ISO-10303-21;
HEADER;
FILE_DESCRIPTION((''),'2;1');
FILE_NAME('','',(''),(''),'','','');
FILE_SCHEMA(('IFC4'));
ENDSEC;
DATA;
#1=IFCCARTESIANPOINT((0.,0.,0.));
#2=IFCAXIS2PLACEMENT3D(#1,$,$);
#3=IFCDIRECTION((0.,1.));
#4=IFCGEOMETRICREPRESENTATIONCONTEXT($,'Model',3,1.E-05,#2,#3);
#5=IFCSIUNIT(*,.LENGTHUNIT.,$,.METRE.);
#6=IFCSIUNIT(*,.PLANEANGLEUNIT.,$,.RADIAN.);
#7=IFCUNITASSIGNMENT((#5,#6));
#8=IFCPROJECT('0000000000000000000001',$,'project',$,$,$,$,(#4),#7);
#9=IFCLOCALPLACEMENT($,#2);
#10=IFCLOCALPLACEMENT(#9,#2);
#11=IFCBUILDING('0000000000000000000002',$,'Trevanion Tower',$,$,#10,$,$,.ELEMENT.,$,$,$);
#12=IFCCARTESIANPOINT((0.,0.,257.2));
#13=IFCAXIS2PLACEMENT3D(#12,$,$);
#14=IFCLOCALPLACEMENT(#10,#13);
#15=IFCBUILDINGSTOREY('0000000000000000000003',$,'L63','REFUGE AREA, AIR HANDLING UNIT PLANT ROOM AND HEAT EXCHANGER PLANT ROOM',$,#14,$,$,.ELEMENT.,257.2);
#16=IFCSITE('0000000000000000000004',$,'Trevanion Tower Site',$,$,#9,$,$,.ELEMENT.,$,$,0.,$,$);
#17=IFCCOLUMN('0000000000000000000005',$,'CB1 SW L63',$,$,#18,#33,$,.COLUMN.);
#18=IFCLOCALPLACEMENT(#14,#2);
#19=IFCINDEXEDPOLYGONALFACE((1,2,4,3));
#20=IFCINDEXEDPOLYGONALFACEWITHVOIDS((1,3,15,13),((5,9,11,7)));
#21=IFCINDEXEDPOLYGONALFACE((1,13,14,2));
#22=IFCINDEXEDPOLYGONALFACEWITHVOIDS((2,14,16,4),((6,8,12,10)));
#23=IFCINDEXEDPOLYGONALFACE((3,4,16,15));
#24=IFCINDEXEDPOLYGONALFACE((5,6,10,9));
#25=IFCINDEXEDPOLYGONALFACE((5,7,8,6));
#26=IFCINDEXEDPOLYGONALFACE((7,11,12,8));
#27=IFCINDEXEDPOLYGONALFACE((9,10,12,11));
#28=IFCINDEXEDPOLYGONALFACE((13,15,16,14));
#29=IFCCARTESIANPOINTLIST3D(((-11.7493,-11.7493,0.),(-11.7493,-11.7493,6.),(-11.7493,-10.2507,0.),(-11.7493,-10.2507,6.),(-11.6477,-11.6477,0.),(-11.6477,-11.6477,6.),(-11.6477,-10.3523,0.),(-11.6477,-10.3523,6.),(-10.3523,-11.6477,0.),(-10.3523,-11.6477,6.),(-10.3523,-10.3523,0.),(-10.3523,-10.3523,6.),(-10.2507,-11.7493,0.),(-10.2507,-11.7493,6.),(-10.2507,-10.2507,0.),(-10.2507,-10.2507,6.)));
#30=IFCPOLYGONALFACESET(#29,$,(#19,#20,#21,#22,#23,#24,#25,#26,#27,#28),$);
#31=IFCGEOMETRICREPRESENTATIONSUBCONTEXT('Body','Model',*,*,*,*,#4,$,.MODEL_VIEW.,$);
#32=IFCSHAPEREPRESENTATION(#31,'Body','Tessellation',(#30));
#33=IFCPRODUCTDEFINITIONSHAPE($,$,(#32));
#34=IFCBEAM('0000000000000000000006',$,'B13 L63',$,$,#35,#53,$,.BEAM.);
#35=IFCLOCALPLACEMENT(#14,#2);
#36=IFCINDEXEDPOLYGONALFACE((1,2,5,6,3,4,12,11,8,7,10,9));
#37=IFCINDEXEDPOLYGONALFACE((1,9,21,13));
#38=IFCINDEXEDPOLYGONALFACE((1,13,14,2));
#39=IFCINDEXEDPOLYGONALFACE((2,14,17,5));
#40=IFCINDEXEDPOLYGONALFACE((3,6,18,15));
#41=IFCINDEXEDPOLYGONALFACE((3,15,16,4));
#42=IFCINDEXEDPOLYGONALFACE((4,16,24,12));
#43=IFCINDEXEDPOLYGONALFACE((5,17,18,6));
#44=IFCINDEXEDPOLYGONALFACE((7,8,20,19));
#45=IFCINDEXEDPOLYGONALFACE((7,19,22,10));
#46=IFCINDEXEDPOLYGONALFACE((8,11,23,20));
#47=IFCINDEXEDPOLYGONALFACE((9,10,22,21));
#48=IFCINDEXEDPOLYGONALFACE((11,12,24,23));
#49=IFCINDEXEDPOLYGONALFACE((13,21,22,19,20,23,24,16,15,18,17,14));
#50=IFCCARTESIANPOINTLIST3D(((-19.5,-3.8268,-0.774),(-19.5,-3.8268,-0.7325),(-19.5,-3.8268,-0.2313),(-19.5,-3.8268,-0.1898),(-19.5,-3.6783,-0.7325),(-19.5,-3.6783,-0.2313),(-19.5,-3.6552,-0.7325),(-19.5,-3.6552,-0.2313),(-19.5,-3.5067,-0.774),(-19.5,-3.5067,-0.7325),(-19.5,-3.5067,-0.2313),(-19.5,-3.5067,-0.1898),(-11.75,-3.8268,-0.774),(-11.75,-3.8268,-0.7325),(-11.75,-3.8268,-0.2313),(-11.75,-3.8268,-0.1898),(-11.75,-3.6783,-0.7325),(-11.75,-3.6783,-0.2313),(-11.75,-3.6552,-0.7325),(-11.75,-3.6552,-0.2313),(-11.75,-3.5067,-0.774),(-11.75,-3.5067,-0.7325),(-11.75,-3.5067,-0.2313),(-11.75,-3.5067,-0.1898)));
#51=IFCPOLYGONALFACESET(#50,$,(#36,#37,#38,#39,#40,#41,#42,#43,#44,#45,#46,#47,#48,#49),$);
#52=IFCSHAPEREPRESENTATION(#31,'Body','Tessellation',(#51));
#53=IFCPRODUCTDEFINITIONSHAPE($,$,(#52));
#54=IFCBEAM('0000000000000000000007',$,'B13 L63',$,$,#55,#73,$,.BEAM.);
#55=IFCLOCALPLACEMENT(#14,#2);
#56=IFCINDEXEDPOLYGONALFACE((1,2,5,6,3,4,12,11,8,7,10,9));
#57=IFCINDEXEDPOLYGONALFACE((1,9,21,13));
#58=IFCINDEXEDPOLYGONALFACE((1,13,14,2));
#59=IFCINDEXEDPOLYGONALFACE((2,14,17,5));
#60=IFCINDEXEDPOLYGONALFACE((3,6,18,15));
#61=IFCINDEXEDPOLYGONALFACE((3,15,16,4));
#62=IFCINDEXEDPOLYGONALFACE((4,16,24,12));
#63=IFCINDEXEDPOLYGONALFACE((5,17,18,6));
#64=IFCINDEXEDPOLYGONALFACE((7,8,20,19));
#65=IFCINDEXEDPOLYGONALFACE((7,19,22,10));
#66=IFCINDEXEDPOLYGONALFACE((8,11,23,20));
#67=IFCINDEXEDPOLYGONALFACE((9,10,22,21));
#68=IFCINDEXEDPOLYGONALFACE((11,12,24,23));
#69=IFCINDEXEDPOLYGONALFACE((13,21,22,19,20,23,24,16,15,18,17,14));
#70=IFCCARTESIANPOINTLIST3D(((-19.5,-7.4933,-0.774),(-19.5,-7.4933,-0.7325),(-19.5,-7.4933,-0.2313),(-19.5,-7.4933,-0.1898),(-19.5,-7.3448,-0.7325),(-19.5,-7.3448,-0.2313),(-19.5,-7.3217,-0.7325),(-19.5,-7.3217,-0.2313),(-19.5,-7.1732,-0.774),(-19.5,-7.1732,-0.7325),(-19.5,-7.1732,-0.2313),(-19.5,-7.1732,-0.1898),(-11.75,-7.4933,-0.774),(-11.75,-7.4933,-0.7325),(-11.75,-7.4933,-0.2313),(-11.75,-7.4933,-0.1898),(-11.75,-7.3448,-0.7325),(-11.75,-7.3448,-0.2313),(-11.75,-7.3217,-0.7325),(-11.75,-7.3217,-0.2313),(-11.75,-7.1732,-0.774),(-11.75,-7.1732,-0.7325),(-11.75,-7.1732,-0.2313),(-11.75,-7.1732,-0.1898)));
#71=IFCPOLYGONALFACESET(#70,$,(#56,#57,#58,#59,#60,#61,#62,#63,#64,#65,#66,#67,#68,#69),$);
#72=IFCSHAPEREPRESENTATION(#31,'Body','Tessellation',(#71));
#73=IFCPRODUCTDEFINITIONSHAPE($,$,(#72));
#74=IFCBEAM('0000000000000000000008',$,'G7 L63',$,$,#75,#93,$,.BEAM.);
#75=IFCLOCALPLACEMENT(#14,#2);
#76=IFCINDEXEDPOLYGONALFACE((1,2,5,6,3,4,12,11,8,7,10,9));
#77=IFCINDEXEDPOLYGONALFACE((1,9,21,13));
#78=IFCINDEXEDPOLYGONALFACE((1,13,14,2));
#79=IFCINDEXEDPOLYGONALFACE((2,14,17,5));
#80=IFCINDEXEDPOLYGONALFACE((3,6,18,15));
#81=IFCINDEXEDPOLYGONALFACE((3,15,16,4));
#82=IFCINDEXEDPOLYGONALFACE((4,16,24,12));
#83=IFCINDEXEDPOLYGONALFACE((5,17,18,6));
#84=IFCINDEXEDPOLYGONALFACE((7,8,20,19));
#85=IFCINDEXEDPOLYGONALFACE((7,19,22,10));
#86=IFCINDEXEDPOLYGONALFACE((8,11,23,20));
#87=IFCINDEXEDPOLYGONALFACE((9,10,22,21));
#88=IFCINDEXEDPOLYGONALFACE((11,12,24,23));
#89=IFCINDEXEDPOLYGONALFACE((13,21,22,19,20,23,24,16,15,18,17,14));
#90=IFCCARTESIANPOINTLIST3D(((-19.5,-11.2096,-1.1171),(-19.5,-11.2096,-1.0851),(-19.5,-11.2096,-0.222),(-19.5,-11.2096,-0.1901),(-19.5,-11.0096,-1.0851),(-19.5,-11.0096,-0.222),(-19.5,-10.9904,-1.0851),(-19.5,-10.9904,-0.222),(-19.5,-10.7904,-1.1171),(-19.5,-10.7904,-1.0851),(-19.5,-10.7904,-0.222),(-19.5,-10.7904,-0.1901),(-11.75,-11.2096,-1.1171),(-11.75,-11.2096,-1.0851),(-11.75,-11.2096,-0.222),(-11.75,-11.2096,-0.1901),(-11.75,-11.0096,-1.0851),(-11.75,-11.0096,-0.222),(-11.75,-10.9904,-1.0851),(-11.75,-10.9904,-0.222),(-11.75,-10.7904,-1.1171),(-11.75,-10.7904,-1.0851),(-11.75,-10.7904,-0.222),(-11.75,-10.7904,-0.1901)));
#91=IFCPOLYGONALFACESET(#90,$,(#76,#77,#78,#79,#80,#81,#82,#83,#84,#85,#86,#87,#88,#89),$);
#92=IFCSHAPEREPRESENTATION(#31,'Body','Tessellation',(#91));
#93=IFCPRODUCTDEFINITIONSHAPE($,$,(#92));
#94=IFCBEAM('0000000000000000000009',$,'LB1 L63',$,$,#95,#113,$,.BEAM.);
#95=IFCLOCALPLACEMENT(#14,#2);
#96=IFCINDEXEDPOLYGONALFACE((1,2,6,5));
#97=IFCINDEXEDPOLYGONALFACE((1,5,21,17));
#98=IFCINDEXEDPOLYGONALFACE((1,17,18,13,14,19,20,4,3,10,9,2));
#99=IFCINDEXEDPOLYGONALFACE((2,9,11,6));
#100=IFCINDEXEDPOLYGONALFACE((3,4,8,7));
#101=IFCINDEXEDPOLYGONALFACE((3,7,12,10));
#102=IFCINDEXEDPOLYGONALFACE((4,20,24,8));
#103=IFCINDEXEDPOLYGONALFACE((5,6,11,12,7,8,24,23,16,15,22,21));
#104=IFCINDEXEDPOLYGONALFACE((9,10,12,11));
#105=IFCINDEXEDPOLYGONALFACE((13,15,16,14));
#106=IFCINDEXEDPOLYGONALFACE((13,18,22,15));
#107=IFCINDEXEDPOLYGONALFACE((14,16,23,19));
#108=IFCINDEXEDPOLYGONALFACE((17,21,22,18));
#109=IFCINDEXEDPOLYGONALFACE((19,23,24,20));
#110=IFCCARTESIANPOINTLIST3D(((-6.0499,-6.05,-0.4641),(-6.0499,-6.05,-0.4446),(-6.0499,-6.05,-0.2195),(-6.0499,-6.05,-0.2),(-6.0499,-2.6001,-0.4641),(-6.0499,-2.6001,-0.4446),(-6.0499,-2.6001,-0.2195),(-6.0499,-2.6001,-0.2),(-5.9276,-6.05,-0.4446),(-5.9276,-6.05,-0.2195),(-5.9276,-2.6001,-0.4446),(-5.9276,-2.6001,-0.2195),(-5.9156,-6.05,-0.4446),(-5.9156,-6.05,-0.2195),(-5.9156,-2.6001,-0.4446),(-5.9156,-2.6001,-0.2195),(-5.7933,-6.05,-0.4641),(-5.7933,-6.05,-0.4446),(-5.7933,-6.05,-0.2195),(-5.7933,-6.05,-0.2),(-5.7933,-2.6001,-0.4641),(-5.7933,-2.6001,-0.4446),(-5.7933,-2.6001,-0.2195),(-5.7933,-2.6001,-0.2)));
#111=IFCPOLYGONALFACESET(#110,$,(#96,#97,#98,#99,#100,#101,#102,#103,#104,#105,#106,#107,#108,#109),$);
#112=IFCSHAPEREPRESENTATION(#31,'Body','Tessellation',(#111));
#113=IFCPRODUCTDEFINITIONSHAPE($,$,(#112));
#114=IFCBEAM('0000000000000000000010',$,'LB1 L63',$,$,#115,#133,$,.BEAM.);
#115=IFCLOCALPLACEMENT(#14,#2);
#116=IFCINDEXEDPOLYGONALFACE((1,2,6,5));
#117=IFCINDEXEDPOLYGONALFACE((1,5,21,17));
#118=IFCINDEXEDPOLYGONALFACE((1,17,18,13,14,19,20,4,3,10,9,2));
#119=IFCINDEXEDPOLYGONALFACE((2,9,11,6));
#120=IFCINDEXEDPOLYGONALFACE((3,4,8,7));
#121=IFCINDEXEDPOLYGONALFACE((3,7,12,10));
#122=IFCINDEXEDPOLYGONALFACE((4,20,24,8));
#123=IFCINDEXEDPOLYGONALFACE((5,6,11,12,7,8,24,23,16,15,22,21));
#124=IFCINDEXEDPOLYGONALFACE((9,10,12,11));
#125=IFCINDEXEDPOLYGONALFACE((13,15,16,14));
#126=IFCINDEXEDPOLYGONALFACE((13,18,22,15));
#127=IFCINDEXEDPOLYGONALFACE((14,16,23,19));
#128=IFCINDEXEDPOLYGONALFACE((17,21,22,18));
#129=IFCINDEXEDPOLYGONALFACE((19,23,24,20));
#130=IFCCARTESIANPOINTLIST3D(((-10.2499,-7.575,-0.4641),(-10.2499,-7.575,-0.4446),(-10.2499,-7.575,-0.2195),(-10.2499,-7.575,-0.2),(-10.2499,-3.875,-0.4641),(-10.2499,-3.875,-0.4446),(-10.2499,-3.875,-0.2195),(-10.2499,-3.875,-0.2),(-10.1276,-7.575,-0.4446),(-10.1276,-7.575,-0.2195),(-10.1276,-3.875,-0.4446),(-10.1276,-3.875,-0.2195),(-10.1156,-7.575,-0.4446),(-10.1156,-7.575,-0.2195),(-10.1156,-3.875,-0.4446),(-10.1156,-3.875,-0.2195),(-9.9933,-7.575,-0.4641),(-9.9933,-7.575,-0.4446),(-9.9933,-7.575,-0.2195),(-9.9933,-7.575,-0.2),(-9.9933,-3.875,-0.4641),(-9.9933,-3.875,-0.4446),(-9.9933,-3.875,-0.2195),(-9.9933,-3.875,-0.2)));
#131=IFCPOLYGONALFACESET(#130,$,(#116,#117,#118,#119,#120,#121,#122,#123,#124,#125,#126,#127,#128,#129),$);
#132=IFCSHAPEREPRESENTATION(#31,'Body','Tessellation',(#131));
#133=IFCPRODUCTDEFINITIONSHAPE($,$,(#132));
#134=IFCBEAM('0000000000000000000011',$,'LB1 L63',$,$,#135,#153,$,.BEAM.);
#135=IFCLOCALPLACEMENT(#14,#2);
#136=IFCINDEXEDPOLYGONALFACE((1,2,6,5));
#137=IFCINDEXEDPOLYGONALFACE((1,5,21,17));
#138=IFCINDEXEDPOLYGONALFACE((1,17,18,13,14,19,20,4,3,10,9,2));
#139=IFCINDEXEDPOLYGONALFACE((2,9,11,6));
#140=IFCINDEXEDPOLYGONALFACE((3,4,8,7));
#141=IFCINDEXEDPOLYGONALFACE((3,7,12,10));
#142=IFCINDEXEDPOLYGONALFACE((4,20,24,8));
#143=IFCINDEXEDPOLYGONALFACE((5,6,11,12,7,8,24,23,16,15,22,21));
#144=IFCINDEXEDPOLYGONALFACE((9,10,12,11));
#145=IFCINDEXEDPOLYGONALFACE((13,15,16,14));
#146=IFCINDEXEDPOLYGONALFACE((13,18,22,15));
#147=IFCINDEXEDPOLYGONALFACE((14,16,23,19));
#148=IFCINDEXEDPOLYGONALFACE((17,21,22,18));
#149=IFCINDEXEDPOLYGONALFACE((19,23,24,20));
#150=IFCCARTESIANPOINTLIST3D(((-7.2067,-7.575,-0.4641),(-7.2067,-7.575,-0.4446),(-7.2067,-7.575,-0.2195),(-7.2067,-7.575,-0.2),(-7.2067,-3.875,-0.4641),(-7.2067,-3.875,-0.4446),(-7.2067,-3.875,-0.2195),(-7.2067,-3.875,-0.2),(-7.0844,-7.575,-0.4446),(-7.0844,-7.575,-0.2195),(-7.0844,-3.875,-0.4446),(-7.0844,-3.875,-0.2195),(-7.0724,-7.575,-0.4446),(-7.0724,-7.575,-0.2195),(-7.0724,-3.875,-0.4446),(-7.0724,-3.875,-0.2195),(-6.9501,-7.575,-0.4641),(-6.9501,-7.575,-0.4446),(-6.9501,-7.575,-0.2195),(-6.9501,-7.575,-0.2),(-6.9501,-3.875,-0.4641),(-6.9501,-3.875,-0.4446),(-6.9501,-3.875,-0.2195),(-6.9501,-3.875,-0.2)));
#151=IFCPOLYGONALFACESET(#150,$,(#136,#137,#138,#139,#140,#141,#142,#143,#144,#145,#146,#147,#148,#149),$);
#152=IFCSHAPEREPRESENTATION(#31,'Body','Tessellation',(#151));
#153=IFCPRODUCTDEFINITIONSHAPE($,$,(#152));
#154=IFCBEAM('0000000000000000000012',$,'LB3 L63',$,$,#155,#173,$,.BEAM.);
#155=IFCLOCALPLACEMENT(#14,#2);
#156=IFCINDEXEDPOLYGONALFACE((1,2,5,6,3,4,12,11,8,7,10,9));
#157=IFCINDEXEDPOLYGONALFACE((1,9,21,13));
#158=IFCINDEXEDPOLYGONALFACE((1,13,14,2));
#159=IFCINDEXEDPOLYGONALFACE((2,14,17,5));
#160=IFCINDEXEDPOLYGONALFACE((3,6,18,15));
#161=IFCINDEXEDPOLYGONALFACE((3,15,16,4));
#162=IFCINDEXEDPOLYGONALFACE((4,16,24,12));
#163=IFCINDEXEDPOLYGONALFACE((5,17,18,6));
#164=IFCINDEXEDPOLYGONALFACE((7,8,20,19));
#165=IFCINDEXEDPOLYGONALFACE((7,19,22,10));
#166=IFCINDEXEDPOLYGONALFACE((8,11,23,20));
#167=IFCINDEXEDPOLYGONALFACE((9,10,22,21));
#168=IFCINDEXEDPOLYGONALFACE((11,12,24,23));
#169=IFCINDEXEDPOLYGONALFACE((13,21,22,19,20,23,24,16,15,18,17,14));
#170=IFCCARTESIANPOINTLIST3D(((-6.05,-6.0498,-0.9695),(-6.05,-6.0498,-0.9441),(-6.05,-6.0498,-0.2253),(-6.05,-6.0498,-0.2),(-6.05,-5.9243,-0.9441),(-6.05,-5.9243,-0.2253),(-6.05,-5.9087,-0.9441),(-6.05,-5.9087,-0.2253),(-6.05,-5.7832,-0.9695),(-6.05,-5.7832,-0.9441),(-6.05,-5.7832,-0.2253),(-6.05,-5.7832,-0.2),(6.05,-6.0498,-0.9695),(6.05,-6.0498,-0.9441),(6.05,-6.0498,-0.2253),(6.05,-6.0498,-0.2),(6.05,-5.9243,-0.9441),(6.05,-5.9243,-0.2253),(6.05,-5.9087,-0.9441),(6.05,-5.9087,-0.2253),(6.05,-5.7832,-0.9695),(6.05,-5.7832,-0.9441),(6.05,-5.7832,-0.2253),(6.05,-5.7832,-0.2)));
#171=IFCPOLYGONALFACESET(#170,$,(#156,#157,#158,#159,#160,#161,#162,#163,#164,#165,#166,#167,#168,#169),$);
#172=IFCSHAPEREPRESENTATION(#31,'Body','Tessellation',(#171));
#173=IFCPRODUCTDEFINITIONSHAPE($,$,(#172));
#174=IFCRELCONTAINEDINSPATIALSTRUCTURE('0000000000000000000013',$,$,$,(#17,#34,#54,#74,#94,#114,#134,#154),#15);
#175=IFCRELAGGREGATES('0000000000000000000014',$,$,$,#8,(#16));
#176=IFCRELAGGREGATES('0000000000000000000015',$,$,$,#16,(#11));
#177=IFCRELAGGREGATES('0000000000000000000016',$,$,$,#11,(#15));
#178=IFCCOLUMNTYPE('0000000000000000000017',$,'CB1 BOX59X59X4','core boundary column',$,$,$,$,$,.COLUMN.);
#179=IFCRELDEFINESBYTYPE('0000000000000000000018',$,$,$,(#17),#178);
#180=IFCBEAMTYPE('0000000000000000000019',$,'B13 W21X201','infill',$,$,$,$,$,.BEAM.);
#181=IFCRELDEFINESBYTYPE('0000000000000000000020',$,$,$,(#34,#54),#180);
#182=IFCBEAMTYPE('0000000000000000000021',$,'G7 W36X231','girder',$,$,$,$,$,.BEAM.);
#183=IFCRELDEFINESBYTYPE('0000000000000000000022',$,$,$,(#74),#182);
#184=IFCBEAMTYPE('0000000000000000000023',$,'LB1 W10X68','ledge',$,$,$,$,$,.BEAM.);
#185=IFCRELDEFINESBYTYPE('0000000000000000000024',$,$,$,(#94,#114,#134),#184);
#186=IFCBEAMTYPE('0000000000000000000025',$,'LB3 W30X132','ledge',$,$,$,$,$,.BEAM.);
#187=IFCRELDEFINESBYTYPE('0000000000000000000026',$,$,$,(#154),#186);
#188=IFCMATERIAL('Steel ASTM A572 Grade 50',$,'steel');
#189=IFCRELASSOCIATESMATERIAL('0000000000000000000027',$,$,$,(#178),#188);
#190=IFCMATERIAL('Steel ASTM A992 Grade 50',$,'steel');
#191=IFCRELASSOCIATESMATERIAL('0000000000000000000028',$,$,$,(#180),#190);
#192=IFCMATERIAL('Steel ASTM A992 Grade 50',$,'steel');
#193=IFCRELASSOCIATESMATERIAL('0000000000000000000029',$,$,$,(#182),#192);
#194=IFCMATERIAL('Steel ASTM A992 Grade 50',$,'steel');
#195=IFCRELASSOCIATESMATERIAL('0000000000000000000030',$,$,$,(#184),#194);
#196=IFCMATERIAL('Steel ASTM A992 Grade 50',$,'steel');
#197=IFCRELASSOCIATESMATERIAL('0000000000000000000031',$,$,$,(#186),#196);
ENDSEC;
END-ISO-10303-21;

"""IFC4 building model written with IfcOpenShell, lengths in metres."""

from ifc_helpers import new_model, si_unit, direction, frame, origin, origin_2d, place, context, subcontext, project, spatial, hollow_rectangle, i_section, extrude, material, material_profile, profile_set, type_object, element, save


model = new_model("IFC4")

# Units and contexts
model_context = context("Model", 3, precision=1e-05, world=origin(), true_north=direction((0.0, 1.0)))
body_context = subcontext(model_context, "Body", "Model", "MODEL_VIEW")
ifc_project = project(units=[si_unit("LENGTHUNIT", "METRE"), si_unit("PLANEANGLEUNIT", "RADIAN")], contexts=[model_context])

# Site, building, storey
site_placement = place(None, origin())
site = spatial("IfcSite", under=ifc_project, at=site_placement, Name="Trevanion Tower Site", CompositionType="ELEMENT", RefElevation=0.0)
building_placement = place(site_placement, origin())
building = spatial("IfcBuilding", under=site, at=building_placement, Name="Trevanion Tower", CompositionType="ELEMENT")
storey_placement = place(building_placement, frame((0.0, 0.0, 257.2)))
storey = spatial("IfcBuildingStorey", under=building, at=storey_placement, Name="L63", Description="REFUGE AREA, AIR HANDLING UNIT PLANT ROOM AND HEAT EXCHANGER PLANT ROOM", CompositionType="ELEMENT", Elevation=257.2)

# Column
ifc_material_1 = material(Name="Steel ASTM A572 Grade 50", Category="steel")
ifc_material_profile_1 = material_profile(ifc_material_1, hollow_rectangle(XDim=1.4985, YDim=1.4985, WallThickness=0.1016, at=origin_2d()), Name="BOX59X59X4")
ifc_profile_set_1 = profile_set([ifc_material_profile_1], Name="Steel ASTM A572 Grade 50")
column_type = type_object("IfcColumnType", Name="CB1 BOX59X59X4", Description="core boundary column", PredefinedType="COLUMN", material=ifc_profile_set_1)
column_placement = place(storey_placement, frame((-11.0, -11.0, 0.0), z_axis=(0.0, 0.0, 1.0), x_axis=(1.0, 0.0, 0.0)))
element("IfcColumn", 1, at=column_placement, inside=storey, type_object=column_type, Name="CB1 SW L63", PredefinedType="COLUMN", context=body_context, shape_type="SweptSolid", body=[
    extrude(hollow_rectangle(XDim=1.4985, YDim=1.4985, WallThickness=0.1016, at=origin_2d()), origin(), (0.0, 0.0, 1.0), 6.0),
])

# Beams
ifc_material_2 = material(Name="Steel ASTM A992 Grade 50", Category="steel")
ifc_material_profile_2 = material_profile(ifc_material_2, i_section(OverallWidth=0.3201, OverallDepth=0.5842, WebThickness=0.0232, FlangeThickness=0.0415, at=origin_2d()), Name="W21X201")
ifc_profile_set_2 = profile_set([ifc_material_profile_2], Name="Steel ASTM A992 Grade 50")
beam_type_1 = type_object("IfcBeamType", Name="B13 W21X201", Description="infill", PredefinedType="BEAM", material=ifc_profile_set_2)
for number, where, z_axis, x_axis, name in (
    (2, (-11.75, -3.6667, -0.4819), (-1.0, 0.0, 0.0), (0.0, -1.0, 0.0), "B13 L63"),
    (3, (-11.75, -7.3333, -0.4819), (-1.0, 0.0, 0.0), (0.0, -1.0, 0.0), "B13 L63"),
):
    element("IfcBeam", number, at=place(storey_placement, frame(where, z_axis=z_axis, x_axis=x_axis)), inside=storey, type_object=beam_type_1, Name=name, PredefinedType="BEAM", context=body_context, shape_type="SweptSolid", body=[
        extrude(i_section(OverallWidth=0.3201, OverallDepth=0.5842, WebThickness=0.0232, FlangeThickness=0.0415, at=origin_2d()), origin(), (0.0, 0.0, 1.0), 7.75),
    ])
ifc_material_3 = material(Name="Steel ASTM A992 Grade 50", Category="steel")
ifc_material_profile_3 = material_profile(ifc_material_3, i_section(OverallWidth=0.4192, OverallDepth=0.927, WebThickness=0.0193, FlangeThickness=0.032, at=origin_2d()), Name="W36X231")
ifc_profile_set_3 = profile_set([ifc_material_profile_3], Name="Steel ASTM A992 Grade 50")
beam_type_2 = type_object("IfcBeamType", Name="G7 W36X231", Description="girder", PredefinedType="BEAM", material=ifc_profile_set_3)
beam_1_placement = place(storey_placement, frame((-11.75, -11.0, -0.6536), z_axis=(-1.0, 0.0, 0.0), x_axis=(0.0, -1.0, 0.0)))
element("IfcBeam", 4, at=beam_1_placement, inside=storey, type_object=beam_type_2, Name="G7 L63", PredefinedType="BEAM", context=body_context, shape_type="SweptSolid", body=[
    extrude(i_section(OverallWidth=0.4192, OverallDepth=0.927, WebThickness=0.0193, FlangeThickness=0.032, at=origin_2d()), origin(), (0.0, 0.0, 1.0), 7.75),
])
ifc_material_4 = material(Name="Steel ASTM A992 Grade 50", Category="steel")
ifc_material_profile_4 = material_profile(ifc_material_4, i_section(OverallWidth=0.2566, OverallDepth=0.2642, WebThickness=0.012, FlangeThickness=0.0195, at=origin_2d()), Name="W10X68")
ifc_profile_set_4 = profile_set([ifc_material_profile_4], Name="Steel ASTM A992 Grade 50")
beam_type_3 = type_object("IfcBeamType", Name="LB1 W10X68", Description="ledge", PredefinedType="BEAM", material=ifc_profile_set_4)
beam_2_placement = place(storey_placement, frame((-5.9216, -6.05, -0.332), z_axis=(0.0, 1.0, 0.0), x_axis=(-1.0, 0.0, 0.0)))
element("IfcBeam", 5, at=beam_2_placement, inside=storey, type_object=beam_type_3, Name="LB1 L63", PredefinedType="BEAM", context=body_context, shape_type="SweptSolid", body=[
    extrude(i_section(OverallWidth=0.2566, OverallDepth=0.2642, WebThickness=0.012, FlangeThickness=0.0195, at=origin_2d()), origin(), (0.0, 0.0, 1.0), 3.45),
])
for number, where, z_axis, x_axis, name in (
    (6, (-10.1216, -7.575, -0.332), (0.0, 1.0, 0.0), (-1.0, 0.0, 0.0), "LB1 L63"),
    (7, (-7.0784, -7.575, -0.332), (0.0, 1.0, 0.0), (-1.0, 0.0, 0.0), "LB1 L63"),
):
    element("IfcBeam", number, at=place(storey_placement, frame(where, z_axis=z_axis, x_axis=x_axis)), inside=storey, type_object=beam_type_3, Name=name, PredefinedType="BEAM", context=body_context, shape_type="SweptSolid", body=[
        extrude(i_section(OverallWidth=0.2566, OverallDepth=0.2642, WebThickness=0.012, FlangeThickness=0.0195, at=origin_2d()), origin(), (0.0, 0.0, 1.0), 3.7),
    ])
ifc_material_5 = material(Name="Steel ASTM A992 Grade 50", Category="steel")
ifc_material_profile_5 = material_profile(ifc_material_5, i_section(OverallWidth=0.2666, OverallDepth=0.7695, WebThickness=0.0156, FlangeThickness=0.0254, at=origin_2d()), Name="W30X132")
ifc_profile_set_5 = profile_set([ifc_material_profile_5], Name="Steel ASTM A992 Grade 50")
beam_type_4 = type_object("IfcBeamType", Name="LB3 W30X132", Description="ledge", PredefinedType="BEAM", material=ifc_profile_set_5)
beam_3_placement = place(storey_placement, frame((-6.05, -5.9165, -0.5847), z_axis=(1.0, 0.0, 0.0), x_axis=(0.0, 1.0, 0.0)))
element("IfcBeam", 8, at=beam_3_placement, inside=storey, type_object=beam_type_4, Name="LB3 L63", PredefinedType="BEAM", context=body_context, shape_type="SweptSolid", body=[
    extrude(i_section(OverallWidth=0.2666, OverallDepth=0.7695, WebThickness=0.0156, FlangeThickness=0.0254, at=origin_2d()), origin(), (0.0, 0.0, 1.0), 12.1001),
])

save(model, "model.ifc")
